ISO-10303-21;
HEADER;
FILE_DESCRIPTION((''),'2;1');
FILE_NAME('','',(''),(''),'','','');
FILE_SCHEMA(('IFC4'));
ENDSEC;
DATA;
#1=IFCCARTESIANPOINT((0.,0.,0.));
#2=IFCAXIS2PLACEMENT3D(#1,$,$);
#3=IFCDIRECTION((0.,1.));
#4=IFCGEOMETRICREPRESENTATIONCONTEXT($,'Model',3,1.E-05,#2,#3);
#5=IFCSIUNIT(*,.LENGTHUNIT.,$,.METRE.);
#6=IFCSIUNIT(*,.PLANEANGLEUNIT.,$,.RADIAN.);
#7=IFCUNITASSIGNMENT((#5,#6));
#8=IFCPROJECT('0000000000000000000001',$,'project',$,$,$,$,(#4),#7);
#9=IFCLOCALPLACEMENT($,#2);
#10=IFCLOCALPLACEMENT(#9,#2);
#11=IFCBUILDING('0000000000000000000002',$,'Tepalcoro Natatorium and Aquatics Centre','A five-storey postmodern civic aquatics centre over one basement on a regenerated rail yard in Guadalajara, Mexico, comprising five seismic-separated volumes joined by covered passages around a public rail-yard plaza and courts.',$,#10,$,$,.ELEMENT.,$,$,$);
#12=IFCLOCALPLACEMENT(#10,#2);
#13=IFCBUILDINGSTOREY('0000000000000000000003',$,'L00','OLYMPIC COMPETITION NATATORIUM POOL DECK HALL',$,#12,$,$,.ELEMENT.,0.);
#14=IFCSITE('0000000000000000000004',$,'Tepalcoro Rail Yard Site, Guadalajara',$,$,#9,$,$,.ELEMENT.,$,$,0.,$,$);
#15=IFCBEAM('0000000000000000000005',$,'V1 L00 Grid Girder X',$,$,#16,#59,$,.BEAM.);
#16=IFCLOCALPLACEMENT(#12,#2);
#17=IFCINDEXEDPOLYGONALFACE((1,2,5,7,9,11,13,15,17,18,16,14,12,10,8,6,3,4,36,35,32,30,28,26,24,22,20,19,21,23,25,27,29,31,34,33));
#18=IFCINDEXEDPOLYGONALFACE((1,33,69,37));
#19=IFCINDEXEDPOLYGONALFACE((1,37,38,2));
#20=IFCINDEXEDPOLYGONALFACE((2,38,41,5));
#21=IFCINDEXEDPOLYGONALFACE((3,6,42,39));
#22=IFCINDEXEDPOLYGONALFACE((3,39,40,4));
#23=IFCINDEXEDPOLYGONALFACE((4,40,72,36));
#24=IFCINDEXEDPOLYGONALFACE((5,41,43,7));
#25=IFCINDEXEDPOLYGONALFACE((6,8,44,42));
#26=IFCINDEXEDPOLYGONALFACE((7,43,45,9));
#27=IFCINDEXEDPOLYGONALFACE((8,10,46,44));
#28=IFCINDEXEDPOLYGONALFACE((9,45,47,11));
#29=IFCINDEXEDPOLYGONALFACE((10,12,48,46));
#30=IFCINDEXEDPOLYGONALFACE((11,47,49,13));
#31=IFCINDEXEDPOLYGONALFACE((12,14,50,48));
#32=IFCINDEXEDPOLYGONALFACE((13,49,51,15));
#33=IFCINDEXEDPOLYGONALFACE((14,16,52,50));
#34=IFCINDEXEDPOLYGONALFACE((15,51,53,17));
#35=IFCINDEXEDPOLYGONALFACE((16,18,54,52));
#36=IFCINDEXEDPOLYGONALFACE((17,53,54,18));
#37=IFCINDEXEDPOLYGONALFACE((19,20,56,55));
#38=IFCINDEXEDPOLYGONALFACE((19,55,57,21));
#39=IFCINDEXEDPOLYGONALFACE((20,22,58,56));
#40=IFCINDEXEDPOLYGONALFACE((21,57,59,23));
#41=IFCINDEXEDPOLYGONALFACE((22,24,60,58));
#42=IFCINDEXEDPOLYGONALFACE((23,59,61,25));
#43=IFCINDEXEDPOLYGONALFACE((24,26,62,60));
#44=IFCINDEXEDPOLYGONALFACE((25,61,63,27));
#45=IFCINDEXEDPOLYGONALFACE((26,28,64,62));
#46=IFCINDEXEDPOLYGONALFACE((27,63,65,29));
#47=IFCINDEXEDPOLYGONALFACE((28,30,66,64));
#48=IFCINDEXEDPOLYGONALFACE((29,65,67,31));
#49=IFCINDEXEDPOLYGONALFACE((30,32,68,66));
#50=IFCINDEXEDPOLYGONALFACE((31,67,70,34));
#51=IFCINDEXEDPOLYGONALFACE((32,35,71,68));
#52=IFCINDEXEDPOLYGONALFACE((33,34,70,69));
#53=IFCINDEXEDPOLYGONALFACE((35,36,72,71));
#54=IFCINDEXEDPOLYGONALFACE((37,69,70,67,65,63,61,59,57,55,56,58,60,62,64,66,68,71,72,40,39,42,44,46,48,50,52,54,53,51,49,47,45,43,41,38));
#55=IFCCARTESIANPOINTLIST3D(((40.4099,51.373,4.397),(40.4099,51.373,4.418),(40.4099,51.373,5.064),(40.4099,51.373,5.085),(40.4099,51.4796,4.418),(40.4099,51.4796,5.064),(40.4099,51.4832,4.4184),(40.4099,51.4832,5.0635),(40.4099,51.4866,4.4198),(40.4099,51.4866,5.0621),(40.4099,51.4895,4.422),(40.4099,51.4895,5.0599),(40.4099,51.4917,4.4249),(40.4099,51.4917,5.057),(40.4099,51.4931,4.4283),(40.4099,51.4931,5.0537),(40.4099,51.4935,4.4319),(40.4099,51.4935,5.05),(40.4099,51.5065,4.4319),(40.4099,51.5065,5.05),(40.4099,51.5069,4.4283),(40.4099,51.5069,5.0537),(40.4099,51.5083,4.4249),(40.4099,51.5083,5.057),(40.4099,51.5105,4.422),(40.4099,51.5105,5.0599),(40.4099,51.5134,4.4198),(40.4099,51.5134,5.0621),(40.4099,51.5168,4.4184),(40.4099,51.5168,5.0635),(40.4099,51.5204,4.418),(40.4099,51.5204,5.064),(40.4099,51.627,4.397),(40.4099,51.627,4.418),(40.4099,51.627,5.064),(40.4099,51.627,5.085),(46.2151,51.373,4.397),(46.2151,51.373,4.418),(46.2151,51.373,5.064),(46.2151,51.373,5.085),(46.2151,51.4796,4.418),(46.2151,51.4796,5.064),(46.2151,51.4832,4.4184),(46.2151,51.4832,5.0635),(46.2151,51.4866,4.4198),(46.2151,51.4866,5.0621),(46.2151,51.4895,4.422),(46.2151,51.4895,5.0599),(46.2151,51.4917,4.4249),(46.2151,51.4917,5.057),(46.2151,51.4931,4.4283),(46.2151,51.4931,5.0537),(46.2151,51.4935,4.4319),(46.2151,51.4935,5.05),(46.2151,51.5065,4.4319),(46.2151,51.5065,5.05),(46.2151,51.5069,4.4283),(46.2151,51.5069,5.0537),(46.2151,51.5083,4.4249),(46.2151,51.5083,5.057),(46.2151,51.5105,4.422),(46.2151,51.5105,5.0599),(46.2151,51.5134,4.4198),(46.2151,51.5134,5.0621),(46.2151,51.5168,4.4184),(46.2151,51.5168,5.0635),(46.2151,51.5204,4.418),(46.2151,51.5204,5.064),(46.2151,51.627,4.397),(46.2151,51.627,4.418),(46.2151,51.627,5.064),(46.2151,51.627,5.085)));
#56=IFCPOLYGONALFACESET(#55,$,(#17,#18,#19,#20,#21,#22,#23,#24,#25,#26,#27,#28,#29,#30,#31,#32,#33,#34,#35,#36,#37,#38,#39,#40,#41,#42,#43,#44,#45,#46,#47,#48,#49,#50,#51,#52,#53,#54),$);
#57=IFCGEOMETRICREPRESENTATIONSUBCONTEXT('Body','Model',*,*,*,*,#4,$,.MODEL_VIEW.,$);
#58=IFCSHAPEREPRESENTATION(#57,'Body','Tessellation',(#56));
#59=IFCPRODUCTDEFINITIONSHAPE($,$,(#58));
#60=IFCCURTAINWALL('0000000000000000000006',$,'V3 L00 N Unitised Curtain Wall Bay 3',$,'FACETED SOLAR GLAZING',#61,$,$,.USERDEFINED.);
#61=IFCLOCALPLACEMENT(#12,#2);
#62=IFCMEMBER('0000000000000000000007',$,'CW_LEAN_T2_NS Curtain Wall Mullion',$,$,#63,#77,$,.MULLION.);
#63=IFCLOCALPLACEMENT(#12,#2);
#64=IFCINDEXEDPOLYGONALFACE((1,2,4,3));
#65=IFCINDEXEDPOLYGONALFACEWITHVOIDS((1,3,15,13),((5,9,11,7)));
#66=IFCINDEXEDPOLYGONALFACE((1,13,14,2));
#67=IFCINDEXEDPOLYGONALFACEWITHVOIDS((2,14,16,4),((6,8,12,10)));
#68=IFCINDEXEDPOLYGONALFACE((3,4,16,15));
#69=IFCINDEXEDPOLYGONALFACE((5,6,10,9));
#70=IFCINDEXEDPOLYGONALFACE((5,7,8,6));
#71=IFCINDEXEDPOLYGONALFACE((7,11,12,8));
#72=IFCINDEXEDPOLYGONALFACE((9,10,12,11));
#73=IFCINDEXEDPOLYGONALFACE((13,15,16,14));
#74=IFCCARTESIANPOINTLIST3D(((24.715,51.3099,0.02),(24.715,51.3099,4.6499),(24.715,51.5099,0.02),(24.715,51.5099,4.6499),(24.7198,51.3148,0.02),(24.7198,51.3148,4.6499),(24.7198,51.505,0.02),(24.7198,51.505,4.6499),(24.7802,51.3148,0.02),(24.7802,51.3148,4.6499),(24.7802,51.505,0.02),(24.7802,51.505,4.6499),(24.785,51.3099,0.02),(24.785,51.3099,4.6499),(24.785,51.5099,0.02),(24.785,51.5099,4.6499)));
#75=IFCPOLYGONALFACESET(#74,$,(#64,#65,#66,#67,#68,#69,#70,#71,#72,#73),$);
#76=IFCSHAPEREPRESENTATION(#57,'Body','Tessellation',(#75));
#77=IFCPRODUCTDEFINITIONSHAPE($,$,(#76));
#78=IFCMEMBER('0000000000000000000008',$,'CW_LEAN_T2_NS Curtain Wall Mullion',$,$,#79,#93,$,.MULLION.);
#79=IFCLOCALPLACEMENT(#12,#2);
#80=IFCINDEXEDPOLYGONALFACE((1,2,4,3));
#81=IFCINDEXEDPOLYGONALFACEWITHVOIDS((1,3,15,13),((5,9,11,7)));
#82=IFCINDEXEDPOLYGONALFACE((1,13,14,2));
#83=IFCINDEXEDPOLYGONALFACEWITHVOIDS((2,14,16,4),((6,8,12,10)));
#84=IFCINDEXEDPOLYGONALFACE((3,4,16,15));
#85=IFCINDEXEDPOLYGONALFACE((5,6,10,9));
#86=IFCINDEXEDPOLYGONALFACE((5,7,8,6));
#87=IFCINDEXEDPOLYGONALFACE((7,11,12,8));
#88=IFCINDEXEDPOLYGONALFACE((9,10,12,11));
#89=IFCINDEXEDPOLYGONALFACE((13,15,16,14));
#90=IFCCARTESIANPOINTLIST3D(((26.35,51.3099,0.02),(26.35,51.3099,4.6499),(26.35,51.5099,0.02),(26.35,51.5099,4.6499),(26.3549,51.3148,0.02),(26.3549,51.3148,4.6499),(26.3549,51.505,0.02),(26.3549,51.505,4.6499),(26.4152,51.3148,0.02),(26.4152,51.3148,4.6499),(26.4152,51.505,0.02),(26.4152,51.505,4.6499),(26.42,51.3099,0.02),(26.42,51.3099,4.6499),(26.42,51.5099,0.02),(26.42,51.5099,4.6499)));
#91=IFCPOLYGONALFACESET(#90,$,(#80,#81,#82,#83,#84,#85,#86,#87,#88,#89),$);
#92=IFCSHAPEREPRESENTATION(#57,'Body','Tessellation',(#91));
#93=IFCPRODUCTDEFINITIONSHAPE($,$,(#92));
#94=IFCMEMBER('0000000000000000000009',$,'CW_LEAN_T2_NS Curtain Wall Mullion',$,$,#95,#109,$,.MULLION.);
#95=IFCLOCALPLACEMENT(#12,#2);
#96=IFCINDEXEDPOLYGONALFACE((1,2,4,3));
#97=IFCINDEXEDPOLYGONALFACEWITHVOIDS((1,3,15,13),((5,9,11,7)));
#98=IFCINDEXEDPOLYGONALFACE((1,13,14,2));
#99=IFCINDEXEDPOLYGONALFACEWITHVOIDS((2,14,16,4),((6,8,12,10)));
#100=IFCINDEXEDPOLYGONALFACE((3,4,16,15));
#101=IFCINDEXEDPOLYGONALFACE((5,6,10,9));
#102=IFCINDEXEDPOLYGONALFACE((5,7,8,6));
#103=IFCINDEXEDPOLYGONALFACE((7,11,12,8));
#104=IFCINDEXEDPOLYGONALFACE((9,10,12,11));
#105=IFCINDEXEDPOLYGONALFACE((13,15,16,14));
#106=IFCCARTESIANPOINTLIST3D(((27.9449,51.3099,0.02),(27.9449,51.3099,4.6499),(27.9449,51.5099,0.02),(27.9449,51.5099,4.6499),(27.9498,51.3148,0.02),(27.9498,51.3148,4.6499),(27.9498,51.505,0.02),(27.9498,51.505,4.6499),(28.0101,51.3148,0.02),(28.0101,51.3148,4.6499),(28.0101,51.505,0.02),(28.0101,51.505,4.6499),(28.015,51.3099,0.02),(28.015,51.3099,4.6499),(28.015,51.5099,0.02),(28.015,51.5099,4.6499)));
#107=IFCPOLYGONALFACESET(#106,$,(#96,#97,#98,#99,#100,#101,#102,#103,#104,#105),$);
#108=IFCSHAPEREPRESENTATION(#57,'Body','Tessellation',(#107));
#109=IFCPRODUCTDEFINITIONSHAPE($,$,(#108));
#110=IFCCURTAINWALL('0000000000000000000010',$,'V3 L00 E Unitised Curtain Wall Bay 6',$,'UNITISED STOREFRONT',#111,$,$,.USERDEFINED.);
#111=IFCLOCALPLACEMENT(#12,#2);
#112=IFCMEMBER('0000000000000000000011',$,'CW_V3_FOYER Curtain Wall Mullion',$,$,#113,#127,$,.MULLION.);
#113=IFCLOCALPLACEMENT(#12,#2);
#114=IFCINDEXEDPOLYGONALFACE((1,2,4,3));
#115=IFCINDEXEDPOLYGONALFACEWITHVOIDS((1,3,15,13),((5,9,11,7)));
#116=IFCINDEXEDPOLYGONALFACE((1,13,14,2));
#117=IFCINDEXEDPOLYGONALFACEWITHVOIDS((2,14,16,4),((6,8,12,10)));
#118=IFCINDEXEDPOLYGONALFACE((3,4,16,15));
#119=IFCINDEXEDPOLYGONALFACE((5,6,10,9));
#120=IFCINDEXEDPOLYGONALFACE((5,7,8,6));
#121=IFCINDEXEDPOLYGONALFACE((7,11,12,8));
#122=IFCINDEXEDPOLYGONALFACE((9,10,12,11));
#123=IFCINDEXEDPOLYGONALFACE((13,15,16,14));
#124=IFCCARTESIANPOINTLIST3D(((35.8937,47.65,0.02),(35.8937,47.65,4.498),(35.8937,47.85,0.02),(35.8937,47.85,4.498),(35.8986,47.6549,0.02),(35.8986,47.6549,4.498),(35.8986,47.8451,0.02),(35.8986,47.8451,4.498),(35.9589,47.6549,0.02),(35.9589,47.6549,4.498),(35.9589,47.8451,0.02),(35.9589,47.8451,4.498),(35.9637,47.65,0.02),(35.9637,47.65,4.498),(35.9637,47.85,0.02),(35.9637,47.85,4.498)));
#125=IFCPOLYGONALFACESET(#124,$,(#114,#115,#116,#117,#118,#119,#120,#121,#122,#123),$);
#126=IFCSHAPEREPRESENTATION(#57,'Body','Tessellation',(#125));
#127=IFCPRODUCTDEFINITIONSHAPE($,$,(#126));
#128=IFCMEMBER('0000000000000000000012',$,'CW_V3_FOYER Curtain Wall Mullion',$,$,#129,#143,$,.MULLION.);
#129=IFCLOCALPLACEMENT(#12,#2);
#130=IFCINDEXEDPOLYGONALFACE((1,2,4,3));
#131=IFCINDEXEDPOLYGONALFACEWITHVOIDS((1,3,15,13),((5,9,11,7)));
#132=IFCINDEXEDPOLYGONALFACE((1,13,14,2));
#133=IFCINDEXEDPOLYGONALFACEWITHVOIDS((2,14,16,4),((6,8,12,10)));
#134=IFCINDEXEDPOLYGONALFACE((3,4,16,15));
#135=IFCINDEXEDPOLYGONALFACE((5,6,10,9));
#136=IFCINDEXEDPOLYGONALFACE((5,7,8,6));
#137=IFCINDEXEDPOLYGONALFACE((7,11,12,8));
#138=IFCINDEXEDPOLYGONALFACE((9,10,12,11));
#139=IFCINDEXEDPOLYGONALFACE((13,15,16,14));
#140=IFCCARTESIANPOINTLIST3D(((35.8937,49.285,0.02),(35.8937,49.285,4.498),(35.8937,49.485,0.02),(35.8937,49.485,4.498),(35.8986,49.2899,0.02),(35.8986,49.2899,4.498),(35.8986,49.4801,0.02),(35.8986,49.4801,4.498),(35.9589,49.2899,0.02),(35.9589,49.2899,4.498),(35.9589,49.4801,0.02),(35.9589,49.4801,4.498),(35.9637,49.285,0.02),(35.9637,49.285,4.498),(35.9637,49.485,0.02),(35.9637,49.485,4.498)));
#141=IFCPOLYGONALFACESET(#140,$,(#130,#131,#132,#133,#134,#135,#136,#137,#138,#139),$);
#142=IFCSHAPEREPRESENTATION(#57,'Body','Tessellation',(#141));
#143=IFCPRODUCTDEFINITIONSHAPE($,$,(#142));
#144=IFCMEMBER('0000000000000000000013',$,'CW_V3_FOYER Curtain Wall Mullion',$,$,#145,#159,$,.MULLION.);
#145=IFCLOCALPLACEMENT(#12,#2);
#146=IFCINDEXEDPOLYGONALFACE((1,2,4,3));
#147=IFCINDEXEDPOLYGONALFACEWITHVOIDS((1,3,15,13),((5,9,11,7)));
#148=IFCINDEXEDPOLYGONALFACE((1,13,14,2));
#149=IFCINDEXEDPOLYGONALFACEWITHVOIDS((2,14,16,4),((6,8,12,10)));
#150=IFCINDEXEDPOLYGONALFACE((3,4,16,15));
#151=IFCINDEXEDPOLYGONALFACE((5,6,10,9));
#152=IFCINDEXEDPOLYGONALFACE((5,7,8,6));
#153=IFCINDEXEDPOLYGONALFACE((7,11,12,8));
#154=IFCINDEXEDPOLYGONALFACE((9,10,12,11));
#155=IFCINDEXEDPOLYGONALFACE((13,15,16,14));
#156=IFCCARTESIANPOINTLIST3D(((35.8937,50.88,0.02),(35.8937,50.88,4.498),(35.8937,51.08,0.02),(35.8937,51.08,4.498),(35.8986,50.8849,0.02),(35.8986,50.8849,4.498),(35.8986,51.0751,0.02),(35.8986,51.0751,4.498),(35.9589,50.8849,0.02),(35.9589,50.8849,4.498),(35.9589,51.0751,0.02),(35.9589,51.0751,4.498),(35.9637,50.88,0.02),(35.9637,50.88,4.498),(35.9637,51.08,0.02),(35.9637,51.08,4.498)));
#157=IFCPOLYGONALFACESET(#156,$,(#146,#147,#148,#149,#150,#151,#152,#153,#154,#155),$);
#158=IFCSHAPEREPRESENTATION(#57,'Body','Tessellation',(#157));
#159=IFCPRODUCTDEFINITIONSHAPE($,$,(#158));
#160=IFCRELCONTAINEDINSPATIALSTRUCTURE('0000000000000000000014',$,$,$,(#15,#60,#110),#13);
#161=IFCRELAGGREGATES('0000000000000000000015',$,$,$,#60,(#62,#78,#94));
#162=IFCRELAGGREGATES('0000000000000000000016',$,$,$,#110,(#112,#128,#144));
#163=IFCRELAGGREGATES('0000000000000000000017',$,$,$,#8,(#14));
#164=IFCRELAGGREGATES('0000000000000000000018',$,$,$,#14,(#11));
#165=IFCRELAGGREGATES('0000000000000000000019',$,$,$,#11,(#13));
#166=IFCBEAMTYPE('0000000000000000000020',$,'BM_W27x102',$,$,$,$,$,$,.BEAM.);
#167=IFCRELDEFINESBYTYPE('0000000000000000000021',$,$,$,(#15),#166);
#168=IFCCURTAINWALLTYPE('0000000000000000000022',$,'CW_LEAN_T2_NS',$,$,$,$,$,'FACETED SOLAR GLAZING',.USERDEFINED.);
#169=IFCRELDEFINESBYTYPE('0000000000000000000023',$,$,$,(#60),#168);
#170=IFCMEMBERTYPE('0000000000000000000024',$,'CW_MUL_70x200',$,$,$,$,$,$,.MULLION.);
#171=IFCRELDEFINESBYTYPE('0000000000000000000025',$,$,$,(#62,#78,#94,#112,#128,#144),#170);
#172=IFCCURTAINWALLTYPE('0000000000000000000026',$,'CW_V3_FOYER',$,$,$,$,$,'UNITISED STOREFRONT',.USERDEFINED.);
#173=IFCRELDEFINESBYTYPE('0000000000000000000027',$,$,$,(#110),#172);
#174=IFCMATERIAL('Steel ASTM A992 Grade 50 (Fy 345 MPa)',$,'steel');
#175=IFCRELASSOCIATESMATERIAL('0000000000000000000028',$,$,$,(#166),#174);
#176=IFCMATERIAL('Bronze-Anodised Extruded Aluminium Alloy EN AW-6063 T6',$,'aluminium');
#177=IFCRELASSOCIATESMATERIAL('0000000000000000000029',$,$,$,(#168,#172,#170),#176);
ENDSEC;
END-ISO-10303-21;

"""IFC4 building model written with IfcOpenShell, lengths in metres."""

from ifc_helpers import new_model, si_unit, direction, frame, origin, origin_2d, place, context, subcontext, project, spatial, hollow_rectangle, i_section, extrude, material, material_profile, profile_set, type_object, element, aggregate, save


model = new_model("IFC4")

# Units and contexts
model_context = context("Model", 3, precision=1e-05, world=origin(), true_north=direction((0.0, 1.0)))
body_context = subcontext(model_context, "Body", "Model", "MODEL_VIEW")
ifc_project = project(units=[si_unit("LENGTHUNIT", "METRE"), si_unit("PLANEANGLEUNIT", "RADIAN")], contexts=[model_context])

# Site, building, storey
site_placement = place(None, origin())
site = spatial("IfcSite", under=ifc_project, at=site_placement, Name="Tepalcoro Rail Yard Site, Guadalajara", CompositionType="ELEMENT", RefElevation=0.0)
building_placement = place(site_placement, origin())
building = spatial("IfcBuilding", under=site, at=building_placement, Name="Tepalcoro Natatorium and Aquatics Centre", Description="A five-storey postmodern civic aquatics centre over one basement on a regenerated rail yard in Guadalajara, Mexico, comprising five seismic-separated volumes joined by covered passages around a public rail-yard plaza and courts.", CompositionType="ELEMENT")
storey_placement = place(building_placement, origin())
storey = spatial("IfcBuildingStorey", under=building, at=storey_placement, Name="L00", Description="OLYMPIC COMPETITION NATATORIUM POOL DECK HALL", CompositionType="ELEMENT", Elevation=0.0)

# Beam
ifc_material_1 = material(Name="Steel ASTM A992 Grade 50 (Fy 345 MPa)", Category="steel")
ifc_material_profile_1 = material_profile(ifc_material_1, i_section(OverallWidth=0.2539, OverallDepth=0.688, WebThickness=0.0129, FlangeThickness=0.021, FilletRadius=0.0139, at=origin_2d()), Name="W27X102")
ifc_profile_set_1 = profile_set([ifc_material_profile_1], Name="Steel ASTM A992 Grade 50 (Fy 345 MPa)")
beam_type_1 = type_object("IfcBeamType", Name="BM_W27x102", PredefinedType="BEAM", material=ifc_profile_set_1)
beam_1_placement = place(storey_placement, frame((40.4099, 51.5, 4.741), z_axis=(1.0, 0.0, 0.0), x_axis=(0.0, 1.0, 0.0)))
element("IfcBeam", 1, at=beam_1_placement, inside=storey, type_object=beam_type_1, Name="V1 L00 Grid Girder X", PredefinedType="BEAM", context=body_context, shape_type="SweptSolid", body=[
    extrude(i_section(OverallWidth=0.2539, OverallDepth=0.688, WebThickness=0.0129, FlangeThickness=0.021, FilletRadius=0.0139, at=origin_2d()), origin(), (0.0, 0.0, 1.0), 5.8052),
])

# Curtain walls, members
ifc_material_2 = material(Name="Bronze-Anodised Extruded Aluminium Alloy EN AW-6063 T6", Category="aluminium")
curtain_wall_type_1 = type_object("IfcCurtainWallType", Name="CW_LEAN_T2_NS", ElementType="FACETED SOLAR GLAZING", PredefinedType="USERDEFINED", material=ifc_material_2)
curtain_wall_1_placement = place(storey_placement, origin())
curtain_wall_1 = element("IfcCurtainWall", 2, at=curtain_wall_1_placement, inside=storey, type_object=curtain_wall_type_1, Name="V3 L00 N Unitised Curtain Wall Bay 3", ObjectType="FACETED SOLAR GLAZING", PredefinedType="USERDEFINED")
ifc_material_profile_2 = material_profile(ifc_material_2, hollow_rectangle(XDim=0.0701, YDim=0.2, WallThickness=0.0049, at=origin_2d()), Name="AL70X200X5")
ifc_profile_set_2 = profile_set([ifc_material_profile_2], Name="Bronze-Anodised Extruded Aluminium Alloy EN AW-6063 T6")
member_type = type_object("IfcMemberType", Name="CW_MUL_70x200", PredefinedType="MULLION", material=ifc_profile_set_2)
member_1_placement = place(storey_placement, frame((24.75, 51.4099, 0.02), z_axis=(0.0, 0.0, 1.0), x_axis=(1.0, 0.0, 0.0)))
member_1 = element("IfcMember", 3, at=member_1_placement, type_object=member_type, Name="CW_LEAN_T2_NS Curtain Wall Mullion", PredefinedType="MULLION", context=body_context, shape_type="SweptSolid", body=[
    extrude(hollow_rectangle(XDim=0.0701, YDim=0.2, WallThickness=0.0049, at=origin_2d()), origin(), (0.0, 0.0, 1.0), 4.6299),
])
member_2_placement = place(storey_placement, frame((26.385, 51.4099, 0.02), z_axis=(0.0, 0.0, 1.0), x_axis=(1.0, 0.0, 0.0)))
member_2 = element("IfcMember", 4, at=member_2_placement, type_object=member_type, Name="CW_LEAN_T2_NS Curtain Wall Mullion", PredefinedType="MULLION", context=body_context, shape_type="SweptSolid", body=[
    extrude(hollow_rectangle(XDim=0.0701, YDim=0.2, WallThickness=0.0049, at=origin_2d()), origin(), (0.0, 0.0, 1.0), 4.6299),
])
member_3_placement = place(storey_placement, frame((27.98, 51.4099, 0.02), z_axis=(0.0, 0.0, 1.0), x_axis=(1.0, 0.0, 0.0)))
member_3 = element("IfcMember", 5, at=member_3_placement, type_object=member_type, Name="CW_LEAN_T2_NS Curtain Wall Mullion", PredefinedType="MULLION", context=body_context, shape_type="SweptSolid", body=[
    extrude(hollow_rectangle(XDim=0.0701, YDim=0.2, WallThickness=0.0049, at=origin_2d()), origin(), (0.0, 0.0, 1.0), 4.6299),
])
curtain_wall_type_2 = type_object("IfcCurtainWallType", Name="CW_V3_FOYER", ElementType="UNITISED STOREFRONT", PredefinedType="USERDEFINED", material=ifc_material_2)
curtain_wall_2_placement = place(storey_placement, origin())
curtain_wall_2 = element("IfcCurtainWall", 6, at=curtain_wall_2_placement, inside=storey, type_object=curtain_wall_type_2, Name="V3 L00 E Unitised Curtain Wall Bay 6", ObjectType="UNITISED STOREFRONT", PredefinedType="USERDEFINED")
member_4_placement = place(storey_placement, frame((35.9287, 47.75, 0.02), z_axis=(0.0, 0.0, 1.0), x_axis=(1.0, 0.0, 0.0)))
member_4 = element("IfcMember", 7, at=member_4_placement, type_object=member_type, Name="CW_V3_FOYER Curtain Wall Mullion", PredefinedType="MULLION", context=body_context, shape_type="SweptSolid", body=[
    extrude(hollow_rectangle(XDim=0.0701, YDim=0.2, WallThickness=0.0049, at=origin_2d()), origin(), (0.0, 0.0, 1.0), 4.478),
])
member_5_placement = place(storey_placement, frame((35.9287, 49.385, 0.02), z_axis=(0.0, 0.0, 1.0), x_axis=(1.0, 0.0, 0.0)))
member_5 = element("IfcMember", 8, at=member_5_placement, type_object=member_type, Name="CW_V3_FOYER Curtain Wall Mullion", PredefinedType="MULLION", context=body_context, shape_type="SweptSolid", body=[
    extrude(hollow_rectangle(XDim=0.0701, YDim=0.2, WallThickness=0.0049, at=origin_2d()), origin(), (0.0, 0.0, 1.0), 4.478),
])
member_6_placement = place(storey_placement, frame((35.9287, 50.98, 0.02), z_axis=(0.0, 0.0, 1.0), x_axis=(1.0, 0.0, 0.0)))
member_6 = element("IfcMember", 9, at=member_6_placement, type_object=member_type, Name="CW_V3_FOYER Curtain Wall Mullion", PredefinedType="MULLION", context=body_context, shape_type="SweptSolid", body=[
    extrude(hollow_rectangle(XDim=0.0701, YDim=0.2, WallThickness=0.0049, at=origin_2d()), origin(), (0.0, 0.0, 1.0), 4.478),
])

aggregate(curtain_wall_1, [member_1, member_2, member_3])
aggregate(curtain_wall_2, [member_4, member_5, member_6])

save(model, "model.ifc")
